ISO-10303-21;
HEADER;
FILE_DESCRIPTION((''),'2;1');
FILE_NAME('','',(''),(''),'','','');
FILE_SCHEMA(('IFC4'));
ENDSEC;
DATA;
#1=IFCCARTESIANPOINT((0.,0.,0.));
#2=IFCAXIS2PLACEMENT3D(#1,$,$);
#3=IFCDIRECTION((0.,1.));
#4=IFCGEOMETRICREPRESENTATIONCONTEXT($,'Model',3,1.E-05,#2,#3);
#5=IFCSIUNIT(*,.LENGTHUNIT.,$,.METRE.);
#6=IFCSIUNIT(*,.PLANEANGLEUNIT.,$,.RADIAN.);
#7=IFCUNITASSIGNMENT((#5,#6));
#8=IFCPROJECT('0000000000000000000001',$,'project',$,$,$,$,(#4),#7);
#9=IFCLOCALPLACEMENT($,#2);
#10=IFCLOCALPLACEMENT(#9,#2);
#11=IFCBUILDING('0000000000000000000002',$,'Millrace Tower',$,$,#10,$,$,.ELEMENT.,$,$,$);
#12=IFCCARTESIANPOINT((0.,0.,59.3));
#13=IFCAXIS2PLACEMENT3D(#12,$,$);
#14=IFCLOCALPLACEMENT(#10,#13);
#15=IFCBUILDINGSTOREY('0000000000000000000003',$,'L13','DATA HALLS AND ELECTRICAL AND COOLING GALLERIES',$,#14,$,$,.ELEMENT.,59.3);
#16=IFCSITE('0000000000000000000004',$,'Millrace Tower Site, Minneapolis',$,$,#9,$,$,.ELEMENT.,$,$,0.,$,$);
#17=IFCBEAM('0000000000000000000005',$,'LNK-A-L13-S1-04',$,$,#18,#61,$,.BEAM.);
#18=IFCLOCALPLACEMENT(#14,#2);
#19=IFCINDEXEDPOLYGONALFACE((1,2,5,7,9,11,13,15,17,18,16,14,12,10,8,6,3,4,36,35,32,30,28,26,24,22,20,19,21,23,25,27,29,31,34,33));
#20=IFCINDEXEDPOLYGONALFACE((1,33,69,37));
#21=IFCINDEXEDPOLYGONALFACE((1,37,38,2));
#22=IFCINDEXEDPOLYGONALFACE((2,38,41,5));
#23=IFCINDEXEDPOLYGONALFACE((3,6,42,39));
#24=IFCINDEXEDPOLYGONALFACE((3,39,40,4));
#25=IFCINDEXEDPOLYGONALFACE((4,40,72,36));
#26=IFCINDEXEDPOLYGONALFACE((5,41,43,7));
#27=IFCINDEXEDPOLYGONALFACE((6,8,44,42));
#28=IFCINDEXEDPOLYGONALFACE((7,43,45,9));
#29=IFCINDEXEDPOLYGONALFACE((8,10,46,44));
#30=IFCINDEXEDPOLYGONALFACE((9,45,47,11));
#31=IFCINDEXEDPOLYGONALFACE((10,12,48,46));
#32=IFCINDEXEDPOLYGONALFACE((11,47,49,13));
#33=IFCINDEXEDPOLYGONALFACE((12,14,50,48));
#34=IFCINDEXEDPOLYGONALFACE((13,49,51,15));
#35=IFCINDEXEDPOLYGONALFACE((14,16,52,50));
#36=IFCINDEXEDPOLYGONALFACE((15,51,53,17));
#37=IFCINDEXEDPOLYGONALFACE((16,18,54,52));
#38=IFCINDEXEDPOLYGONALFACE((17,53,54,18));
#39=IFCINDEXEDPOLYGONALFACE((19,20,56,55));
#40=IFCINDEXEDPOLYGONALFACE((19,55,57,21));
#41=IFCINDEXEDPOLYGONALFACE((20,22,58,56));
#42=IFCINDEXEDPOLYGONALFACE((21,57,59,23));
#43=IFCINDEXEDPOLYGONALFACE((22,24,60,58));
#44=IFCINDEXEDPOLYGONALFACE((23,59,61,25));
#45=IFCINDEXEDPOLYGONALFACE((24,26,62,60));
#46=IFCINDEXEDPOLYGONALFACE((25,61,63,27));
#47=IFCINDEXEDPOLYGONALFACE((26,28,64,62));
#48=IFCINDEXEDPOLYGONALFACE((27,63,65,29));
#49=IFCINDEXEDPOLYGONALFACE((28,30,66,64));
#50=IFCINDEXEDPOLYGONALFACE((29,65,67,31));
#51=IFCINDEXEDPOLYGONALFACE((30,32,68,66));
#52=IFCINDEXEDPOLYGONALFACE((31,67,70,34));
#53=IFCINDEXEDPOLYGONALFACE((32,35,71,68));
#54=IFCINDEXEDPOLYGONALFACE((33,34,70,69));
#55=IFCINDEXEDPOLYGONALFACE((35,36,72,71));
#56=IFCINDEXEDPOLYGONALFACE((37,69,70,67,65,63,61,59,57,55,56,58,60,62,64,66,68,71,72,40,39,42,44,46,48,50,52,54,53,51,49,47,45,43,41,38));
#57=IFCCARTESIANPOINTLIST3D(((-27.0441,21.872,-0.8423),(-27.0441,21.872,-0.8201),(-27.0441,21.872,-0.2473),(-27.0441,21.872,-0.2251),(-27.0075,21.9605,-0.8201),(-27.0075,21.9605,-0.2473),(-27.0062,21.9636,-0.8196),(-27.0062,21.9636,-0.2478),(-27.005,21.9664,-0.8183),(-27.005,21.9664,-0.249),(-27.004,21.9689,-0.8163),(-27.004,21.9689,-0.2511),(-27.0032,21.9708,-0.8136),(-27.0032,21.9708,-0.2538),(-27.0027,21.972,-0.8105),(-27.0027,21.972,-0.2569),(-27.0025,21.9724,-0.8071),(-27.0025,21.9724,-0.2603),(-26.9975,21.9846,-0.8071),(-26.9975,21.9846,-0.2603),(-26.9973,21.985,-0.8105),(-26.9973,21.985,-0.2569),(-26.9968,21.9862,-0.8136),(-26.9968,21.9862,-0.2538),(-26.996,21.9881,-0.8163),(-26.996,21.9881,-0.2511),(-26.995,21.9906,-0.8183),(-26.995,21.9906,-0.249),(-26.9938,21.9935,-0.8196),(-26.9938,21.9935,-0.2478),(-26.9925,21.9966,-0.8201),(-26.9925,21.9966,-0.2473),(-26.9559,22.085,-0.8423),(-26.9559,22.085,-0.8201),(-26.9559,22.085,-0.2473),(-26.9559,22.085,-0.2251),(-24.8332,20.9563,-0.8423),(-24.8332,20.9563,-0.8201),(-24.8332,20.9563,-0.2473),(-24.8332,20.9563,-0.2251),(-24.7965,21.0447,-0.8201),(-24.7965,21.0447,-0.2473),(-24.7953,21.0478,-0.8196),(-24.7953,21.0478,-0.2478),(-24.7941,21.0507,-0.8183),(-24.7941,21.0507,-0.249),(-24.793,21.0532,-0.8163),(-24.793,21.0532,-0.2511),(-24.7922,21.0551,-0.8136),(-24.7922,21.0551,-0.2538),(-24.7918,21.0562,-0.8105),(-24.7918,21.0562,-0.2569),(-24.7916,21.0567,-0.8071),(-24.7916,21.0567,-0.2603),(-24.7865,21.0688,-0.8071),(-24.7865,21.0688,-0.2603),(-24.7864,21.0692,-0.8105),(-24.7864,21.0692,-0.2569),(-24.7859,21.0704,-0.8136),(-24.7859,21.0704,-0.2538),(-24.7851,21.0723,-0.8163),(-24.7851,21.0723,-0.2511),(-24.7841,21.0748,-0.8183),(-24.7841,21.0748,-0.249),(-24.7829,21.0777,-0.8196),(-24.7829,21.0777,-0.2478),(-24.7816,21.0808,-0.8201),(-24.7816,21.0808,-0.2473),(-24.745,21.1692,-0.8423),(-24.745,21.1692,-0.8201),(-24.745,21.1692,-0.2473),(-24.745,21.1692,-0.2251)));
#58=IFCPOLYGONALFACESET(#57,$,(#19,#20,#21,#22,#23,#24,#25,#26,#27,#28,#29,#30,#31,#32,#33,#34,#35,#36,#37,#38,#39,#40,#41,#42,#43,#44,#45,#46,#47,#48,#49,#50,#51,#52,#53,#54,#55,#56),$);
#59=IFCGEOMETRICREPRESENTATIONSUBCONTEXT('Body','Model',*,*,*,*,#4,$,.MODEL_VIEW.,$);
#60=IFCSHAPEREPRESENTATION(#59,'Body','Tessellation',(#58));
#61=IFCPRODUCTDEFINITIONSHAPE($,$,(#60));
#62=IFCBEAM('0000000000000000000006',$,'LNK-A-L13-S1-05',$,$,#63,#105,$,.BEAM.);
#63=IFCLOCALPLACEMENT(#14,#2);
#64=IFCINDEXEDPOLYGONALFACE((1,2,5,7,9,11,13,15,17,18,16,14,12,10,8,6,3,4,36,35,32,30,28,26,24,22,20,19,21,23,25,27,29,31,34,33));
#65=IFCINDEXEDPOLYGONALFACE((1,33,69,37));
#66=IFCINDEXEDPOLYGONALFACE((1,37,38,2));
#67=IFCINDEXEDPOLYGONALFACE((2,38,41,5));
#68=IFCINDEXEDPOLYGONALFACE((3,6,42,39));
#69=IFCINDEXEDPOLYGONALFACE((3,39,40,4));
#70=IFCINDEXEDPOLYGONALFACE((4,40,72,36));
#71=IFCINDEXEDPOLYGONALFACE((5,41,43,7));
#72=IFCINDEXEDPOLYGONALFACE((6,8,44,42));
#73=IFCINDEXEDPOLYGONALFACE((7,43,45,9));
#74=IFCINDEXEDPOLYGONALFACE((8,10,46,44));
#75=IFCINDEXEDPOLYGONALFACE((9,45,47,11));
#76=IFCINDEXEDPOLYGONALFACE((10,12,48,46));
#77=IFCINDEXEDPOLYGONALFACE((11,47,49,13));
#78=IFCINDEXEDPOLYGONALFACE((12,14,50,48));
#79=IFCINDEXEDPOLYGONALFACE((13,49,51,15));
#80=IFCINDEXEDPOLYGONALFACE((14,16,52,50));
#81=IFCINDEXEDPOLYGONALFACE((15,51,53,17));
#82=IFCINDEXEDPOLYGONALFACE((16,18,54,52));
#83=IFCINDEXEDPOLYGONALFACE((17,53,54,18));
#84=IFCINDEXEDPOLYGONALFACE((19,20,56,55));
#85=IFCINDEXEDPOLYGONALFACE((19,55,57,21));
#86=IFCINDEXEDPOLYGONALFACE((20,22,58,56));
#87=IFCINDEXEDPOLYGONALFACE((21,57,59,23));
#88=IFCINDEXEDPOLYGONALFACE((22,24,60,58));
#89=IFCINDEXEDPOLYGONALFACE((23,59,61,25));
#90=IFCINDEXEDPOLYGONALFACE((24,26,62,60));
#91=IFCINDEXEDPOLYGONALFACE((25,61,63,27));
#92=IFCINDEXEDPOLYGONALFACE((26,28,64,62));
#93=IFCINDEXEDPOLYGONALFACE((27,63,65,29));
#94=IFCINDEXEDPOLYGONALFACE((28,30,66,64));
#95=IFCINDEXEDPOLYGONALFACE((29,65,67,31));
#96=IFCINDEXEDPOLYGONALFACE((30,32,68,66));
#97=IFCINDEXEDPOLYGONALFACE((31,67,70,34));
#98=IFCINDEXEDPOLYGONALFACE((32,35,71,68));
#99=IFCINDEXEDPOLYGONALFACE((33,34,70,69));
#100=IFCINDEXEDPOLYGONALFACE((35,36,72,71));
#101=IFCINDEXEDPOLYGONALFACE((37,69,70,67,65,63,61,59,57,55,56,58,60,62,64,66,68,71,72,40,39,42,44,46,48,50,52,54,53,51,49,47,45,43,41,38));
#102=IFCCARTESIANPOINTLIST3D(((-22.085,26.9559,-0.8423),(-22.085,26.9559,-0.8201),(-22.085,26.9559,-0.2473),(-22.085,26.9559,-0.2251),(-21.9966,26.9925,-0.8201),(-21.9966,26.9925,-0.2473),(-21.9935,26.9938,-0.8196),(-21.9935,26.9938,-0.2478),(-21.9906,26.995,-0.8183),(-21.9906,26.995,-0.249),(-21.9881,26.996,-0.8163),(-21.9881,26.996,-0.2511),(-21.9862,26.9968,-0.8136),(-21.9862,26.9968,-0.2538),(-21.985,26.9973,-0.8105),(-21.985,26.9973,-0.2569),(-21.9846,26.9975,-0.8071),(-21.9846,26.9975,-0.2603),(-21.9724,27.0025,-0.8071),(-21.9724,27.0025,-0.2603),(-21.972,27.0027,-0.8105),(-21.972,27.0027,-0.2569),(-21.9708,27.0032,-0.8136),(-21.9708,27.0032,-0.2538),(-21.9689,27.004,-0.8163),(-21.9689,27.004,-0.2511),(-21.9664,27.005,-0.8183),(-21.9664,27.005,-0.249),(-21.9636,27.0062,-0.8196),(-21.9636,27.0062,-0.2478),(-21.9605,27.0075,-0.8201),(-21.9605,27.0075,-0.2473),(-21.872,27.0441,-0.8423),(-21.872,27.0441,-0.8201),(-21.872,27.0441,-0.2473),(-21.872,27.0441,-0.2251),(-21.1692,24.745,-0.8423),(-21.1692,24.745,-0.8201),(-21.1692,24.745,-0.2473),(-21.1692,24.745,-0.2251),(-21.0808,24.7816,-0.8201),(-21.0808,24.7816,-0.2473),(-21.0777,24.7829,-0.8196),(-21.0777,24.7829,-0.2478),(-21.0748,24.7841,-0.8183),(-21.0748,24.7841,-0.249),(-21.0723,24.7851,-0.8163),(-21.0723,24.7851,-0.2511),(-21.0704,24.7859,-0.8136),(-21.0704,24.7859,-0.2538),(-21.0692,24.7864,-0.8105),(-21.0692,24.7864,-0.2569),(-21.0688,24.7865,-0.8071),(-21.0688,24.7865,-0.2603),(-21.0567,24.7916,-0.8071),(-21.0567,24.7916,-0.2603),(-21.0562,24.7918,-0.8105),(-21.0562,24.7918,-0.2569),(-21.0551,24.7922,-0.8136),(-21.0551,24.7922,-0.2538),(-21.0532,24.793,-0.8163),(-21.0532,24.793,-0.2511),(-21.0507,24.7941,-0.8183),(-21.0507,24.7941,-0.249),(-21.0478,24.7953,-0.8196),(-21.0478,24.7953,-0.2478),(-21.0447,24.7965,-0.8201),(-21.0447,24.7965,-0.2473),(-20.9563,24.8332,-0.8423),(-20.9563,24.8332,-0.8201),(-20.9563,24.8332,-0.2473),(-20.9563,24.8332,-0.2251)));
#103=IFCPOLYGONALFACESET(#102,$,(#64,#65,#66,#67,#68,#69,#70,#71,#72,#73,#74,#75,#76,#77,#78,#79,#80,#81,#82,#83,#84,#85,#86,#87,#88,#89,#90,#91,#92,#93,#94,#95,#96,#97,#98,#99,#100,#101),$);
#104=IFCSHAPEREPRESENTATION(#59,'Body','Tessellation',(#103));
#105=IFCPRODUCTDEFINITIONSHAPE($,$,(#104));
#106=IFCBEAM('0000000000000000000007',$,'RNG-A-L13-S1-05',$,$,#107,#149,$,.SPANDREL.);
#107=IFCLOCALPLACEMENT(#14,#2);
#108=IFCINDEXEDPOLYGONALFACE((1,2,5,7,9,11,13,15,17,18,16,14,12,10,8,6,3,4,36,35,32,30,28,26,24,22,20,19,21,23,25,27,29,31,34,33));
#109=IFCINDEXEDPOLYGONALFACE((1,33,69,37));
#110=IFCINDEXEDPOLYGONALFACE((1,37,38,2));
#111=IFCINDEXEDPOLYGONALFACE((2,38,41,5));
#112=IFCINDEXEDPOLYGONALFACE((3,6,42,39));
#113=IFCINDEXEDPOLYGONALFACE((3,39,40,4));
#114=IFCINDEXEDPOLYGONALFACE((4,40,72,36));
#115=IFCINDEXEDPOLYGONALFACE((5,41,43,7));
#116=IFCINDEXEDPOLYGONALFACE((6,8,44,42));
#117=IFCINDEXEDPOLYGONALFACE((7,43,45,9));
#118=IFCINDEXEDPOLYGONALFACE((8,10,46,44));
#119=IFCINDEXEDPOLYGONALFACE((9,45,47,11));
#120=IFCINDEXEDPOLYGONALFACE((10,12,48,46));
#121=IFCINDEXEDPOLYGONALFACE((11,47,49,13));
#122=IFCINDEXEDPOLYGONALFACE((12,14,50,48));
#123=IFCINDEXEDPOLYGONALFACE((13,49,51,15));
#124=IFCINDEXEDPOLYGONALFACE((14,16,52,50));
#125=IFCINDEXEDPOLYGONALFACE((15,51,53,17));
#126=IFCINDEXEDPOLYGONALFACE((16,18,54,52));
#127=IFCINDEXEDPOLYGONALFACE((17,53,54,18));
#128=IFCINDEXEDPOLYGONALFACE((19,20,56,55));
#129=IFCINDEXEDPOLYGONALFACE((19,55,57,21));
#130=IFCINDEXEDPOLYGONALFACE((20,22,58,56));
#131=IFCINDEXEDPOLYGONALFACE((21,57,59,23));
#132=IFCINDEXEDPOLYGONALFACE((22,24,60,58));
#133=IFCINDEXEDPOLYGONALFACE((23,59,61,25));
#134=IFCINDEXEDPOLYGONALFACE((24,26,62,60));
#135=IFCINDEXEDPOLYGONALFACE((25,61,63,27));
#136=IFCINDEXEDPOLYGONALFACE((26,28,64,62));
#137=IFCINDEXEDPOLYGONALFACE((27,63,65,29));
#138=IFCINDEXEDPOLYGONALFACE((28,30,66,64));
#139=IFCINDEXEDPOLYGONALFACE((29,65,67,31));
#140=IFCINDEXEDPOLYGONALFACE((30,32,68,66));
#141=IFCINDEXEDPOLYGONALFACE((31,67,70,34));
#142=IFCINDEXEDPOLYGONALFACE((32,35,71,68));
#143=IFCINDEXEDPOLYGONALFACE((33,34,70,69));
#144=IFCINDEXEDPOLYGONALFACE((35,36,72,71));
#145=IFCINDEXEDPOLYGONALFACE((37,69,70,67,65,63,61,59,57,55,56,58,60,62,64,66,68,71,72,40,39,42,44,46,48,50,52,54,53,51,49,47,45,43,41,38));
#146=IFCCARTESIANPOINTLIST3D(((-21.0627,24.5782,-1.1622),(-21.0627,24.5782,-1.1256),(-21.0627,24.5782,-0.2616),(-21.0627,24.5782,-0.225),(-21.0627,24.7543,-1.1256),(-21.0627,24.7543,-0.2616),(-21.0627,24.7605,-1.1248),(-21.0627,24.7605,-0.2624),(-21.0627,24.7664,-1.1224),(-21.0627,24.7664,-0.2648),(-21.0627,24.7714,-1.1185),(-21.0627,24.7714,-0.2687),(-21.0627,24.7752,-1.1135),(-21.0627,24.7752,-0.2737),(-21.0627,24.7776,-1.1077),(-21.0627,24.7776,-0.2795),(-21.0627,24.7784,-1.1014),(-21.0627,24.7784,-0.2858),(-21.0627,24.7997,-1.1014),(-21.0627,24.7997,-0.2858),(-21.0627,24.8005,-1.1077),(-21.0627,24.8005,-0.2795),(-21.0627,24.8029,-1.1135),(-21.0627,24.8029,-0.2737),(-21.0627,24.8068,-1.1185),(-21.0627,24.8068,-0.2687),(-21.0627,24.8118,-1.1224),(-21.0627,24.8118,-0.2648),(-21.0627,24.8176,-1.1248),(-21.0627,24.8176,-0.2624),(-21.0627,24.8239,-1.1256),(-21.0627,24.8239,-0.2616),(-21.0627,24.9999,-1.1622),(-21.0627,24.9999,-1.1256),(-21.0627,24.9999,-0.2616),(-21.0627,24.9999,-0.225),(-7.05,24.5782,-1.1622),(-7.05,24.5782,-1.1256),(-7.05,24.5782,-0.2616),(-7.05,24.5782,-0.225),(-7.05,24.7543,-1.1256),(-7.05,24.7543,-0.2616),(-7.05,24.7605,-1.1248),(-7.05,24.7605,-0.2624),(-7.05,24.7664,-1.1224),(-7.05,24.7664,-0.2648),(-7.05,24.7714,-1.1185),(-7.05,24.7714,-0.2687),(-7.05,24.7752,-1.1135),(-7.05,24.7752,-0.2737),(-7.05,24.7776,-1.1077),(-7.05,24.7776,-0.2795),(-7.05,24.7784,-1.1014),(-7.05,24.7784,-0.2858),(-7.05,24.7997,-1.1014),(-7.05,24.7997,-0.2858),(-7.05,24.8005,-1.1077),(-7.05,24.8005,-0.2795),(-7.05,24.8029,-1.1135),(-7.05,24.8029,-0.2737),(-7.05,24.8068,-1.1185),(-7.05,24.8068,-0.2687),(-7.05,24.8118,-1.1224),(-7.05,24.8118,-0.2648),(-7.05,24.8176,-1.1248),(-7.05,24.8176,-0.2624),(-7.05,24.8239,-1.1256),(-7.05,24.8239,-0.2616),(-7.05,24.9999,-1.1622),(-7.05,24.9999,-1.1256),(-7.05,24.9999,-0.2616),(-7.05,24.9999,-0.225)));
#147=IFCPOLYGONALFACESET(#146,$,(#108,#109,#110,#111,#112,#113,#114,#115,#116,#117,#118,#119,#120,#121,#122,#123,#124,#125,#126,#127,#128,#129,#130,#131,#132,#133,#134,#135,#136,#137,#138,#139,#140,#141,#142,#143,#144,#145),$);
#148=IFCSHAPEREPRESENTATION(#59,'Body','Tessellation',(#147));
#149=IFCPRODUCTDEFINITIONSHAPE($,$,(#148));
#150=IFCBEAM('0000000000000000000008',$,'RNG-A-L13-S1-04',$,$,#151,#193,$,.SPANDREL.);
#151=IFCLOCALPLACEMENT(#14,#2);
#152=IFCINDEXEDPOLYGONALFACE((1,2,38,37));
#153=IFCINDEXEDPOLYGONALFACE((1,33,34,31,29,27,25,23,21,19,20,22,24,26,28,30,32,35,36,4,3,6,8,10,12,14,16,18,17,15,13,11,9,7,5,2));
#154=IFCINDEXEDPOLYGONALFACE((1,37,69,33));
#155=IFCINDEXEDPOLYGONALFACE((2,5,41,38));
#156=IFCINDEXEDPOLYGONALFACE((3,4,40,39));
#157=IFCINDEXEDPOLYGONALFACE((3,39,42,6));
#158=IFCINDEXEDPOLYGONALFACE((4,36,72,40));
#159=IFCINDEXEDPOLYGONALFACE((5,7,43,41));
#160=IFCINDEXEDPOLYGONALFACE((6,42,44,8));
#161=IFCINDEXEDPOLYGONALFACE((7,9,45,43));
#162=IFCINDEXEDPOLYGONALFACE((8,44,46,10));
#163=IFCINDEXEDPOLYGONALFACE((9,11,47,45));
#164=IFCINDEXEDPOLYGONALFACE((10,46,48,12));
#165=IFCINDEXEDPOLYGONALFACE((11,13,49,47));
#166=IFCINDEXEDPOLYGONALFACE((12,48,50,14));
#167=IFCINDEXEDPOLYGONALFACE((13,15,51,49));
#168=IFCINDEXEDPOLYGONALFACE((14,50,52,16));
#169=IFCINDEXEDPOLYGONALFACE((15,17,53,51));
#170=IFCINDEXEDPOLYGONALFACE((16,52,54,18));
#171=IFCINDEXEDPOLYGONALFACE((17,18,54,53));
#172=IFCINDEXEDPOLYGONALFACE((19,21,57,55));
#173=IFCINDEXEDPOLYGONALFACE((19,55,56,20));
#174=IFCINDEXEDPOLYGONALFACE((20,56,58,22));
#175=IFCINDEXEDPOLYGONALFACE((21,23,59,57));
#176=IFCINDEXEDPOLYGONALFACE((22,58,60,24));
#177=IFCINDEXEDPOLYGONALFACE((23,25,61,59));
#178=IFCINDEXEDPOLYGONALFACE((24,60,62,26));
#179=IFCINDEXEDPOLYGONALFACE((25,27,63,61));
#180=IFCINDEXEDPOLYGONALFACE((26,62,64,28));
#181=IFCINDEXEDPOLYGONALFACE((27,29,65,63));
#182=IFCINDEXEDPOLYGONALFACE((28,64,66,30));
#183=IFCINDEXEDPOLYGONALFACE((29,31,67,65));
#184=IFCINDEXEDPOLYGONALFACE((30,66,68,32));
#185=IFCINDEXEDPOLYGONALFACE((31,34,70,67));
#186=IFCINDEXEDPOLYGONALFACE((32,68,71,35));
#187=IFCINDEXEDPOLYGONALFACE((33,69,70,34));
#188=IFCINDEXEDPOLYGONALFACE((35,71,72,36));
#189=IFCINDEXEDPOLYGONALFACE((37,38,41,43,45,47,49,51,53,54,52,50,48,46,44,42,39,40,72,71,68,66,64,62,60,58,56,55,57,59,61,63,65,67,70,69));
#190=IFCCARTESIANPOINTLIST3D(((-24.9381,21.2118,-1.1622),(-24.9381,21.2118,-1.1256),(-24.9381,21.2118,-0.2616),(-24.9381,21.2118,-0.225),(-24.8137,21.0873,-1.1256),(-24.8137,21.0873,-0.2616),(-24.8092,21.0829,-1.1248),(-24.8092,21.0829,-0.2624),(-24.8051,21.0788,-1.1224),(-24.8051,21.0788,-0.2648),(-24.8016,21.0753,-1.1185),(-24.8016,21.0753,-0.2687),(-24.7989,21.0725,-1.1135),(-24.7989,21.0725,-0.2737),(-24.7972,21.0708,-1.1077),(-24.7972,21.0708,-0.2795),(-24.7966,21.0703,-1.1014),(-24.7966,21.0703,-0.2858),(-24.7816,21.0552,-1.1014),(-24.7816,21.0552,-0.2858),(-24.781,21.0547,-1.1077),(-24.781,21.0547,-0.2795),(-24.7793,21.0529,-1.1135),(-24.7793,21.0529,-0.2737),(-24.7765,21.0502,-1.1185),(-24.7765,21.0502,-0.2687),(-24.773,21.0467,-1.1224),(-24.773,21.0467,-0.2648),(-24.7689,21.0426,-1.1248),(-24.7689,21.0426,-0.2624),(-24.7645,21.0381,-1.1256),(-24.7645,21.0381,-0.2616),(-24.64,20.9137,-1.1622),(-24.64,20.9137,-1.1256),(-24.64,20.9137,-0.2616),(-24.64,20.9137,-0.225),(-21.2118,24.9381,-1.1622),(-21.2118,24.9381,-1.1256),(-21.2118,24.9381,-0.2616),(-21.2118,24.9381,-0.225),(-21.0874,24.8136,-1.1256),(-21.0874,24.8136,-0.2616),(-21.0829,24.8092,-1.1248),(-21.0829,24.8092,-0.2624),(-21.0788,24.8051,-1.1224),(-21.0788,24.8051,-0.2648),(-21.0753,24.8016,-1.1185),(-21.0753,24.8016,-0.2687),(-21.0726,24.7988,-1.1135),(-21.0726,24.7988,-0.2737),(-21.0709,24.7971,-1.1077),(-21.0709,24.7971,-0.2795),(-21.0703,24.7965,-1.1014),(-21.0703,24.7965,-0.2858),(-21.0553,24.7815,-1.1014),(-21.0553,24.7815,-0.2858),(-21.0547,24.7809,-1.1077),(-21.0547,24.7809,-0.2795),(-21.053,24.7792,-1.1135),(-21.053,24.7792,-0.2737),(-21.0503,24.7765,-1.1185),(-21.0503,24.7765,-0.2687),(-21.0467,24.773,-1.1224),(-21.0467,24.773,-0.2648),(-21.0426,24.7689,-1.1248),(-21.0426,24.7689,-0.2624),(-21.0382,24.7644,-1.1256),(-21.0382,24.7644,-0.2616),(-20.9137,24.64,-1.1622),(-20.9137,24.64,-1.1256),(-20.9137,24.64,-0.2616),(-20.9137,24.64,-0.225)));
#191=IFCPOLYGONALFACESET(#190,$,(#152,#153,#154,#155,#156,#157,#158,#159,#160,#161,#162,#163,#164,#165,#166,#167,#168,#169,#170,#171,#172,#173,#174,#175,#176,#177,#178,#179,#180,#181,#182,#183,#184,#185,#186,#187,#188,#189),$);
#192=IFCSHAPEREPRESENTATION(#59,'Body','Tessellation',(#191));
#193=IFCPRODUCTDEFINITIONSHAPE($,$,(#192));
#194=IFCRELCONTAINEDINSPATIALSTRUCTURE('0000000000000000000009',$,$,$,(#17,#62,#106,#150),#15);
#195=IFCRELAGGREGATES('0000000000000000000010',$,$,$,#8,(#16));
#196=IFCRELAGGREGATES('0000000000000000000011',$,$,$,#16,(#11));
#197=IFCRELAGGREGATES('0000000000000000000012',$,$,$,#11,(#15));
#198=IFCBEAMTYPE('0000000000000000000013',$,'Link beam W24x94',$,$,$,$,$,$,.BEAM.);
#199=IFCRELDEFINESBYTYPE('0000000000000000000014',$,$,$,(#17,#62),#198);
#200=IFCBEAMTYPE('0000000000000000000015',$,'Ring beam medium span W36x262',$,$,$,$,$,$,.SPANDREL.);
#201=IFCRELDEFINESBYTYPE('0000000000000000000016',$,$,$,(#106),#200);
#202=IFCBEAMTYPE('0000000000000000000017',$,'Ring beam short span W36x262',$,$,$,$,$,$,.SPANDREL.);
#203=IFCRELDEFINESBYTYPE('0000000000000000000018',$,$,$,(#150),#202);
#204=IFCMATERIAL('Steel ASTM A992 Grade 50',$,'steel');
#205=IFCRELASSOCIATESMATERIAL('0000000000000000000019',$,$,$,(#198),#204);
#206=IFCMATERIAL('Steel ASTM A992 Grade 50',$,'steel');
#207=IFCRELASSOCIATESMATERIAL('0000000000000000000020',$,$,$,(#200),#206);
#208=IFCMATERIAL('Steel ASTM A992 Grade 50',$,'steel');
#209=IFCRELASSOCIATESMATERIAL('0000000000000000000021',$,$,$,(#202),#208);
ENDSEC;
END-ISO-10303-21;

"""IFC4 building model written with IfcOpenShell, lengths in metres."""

from ifc_helpers import new_model, si_unit, direction, frame, origin, origin_2d, place, context, subcontext, project, spatial, i_section, extrude, material, material_profile, profile_set, type_object, element, save


model = new_model("IFC4")

# Units and contexts
model_context = context("Model", 3, precision=1e-05, world=origin(), true_north=direction((0.0, 1.0)))
body_context = subcontext(model_context, "Body", "Model", "MODEL_VIEW")
ifc_project = project(units=[si_unit("LENGTHUNIT", "METRE"), si_unit("PLANEANGLEUNIT", "RADIAN")], contexts=[model_context])

# Site, building, storey
site_placement = place(None, origin())
site = spatial("IfcSite", under=ifc_project, at=site_placement, Name="Millrace Tower Site, Minneapolis", CompositionType="ELEMENT", RefElevation=0.0)
building_placement = place(site_placement, origin())
building = spatial("IfcBuilding", under=site, at=building_placement, Name="Millrace Tower", CompositionType="ELEMENT")
storey_placement = place(building_placement, frame((0.0, 0.0, 59.3)))
storey = spatial("IfcBuildingStorey", under=building, at=storey_placement, Name="L13", Description="DATA HALLS AND ELECTRICAL AND COOLING GALLERIES", CompositionType="ELEMENT", Elevation=59.3)

# Beams
ifc_material_1 = material(Name="Steel ASTM A992 Grade 50", Category="steel")
ifc_material_profile_1 = material_profile(ifc_material_1, i_section(OverallWidth=0.2305, OverallDepth=0.6172, WebThickness=0.0132, FlangeThickness=0.0222, FilletRadius=0.0129, at=origin_2d()))
ifc_profile_set_1 = profile_set([ifc_material_profile_1], Name="Steel ASTM A992 Grade 50")
beam_type_1 = type_object("IfcBeamType", Name="Link beam W24x94", PredefinedType="BEAM", material=ifc_profile_set_1)
for number, where, z_axis, x_axis, name in (
    (1, (-24.7891, 21.0627, -0.5337), (-0.923884, 0.382673, 0.0), (-0.382673, -0.923884, 0.0), "LNK-A-L13-S1-04"),
    (2, (-21.0627, 24.7891, -0.5337), (-0.382673, 0.923884, 0.0), (-0.923884, -0.382673, 0.0), "LNK-A-L13-S1-05"),
):
    element("IfcBeam", number, at=place(storey_placement, frame(where, z_axis=z_axis, x_axis=x_axis)), inside=storey, type_object=beam_type_1, Name=name, PredefinedType="BEAM", context=body_context, shape_type="SweptSolid", body=[
        extrude(i_section(OverallWidth=0.2305, OverallDepth=0.6172, WebThickness=0.0132, FlangeThickness=0.0222, FilletRadius=0.0129, at=origin_2d()), origin(), (0.0, 0.0, 1.0), 2.3931),
    ])
ifc_material_2 = material(Name="Steel ASTM A992 Grade 50", Category="steel")
ifc_material_profile_2 = material_profile(ifc_material_2, i_section(OverallWidth=0.4216, OverallDepth=0.9373, WebThickness=0.0212, FlangeThickness=0.0366, FilletRadius=0.0242, at=origin_2d()))
ifc_profile_set_2 = profile_set([ifc_material_profile_2], Name="Steel ASTM A992 Grade 50")
beam_type_2 = type_object("IfcBeamType", Name="Ring beam medium span W36x262", PredefinedType="SPANDREL", material=ifc_profile_set_2)
beam_1_placement = place(storey_placement, frame((-21.0627, 24.7891, -0.6936), z_axis=(1.0, 0.0, 0.0), x_axis=(0.0, 1.0, 0.0)))
element("IfcBeam", 3, at=beam_1_placement, inside=storey, type_object=beam_type_2, Name="RNG-A-L13-S1-05", PredefinedType="SPANDREL", context=body_context, shape_type="SweptSolid", body=[
    extrude(i_section(OverallWidth=0.4216, OverallDepth=0.9373, WebThickness=0.0212, FlangeThickness=0.0366, FilletRadius=0.0242, at=origin_2d()), origin(), (0.0, 0.0, 1.0), 14.0127),
])
ifc_material_3 = material(Name="Steel ASTM A992 Grade 50", Category="steel")
ifc_material_profile_3 = material_profile(ifc_material_3, i_section(OverallWidth=0.4216, OverallDepth=0.9373, WebThickness=0.0212, FlangeThickness=0.0366, FilletRadius=0.0242, at=origin_2d()))
ifc_profile_set_3 = profile_set([ifc_material_profile_3], Name="Steel ASTM A992 Grade 50")
beam_type_3 = type_object("IfcBeamType", Name="Ring beam short span W36x262", PredefinedType="SPANDREL", material=ifc_profile_set_3)
beam_2_placement = place(storey_placement, frame((-24.7891, 21.0627, -0.6936), z_axis=(0.707107, 0.707107, 0.0), x_axis=(-0.707107, 0.707107, 0.0)))
element("IfcBeam", 4, at=beam_2_placement, inside=storey, type_object=beam_type_3, Name="RNG-A-L13-S1-04", PredefinedType="SPANDREL", context=body_context, shape_type="SweptSolid", body=[
    extrude(i_section(OverallWidth=0.4216, OverallDepth=0.9373, WebThickness=0.0212, FlangeThickness=0.0366, FilletRadius=0.0242, at=origin_2d()), origin(), (0.0, 0.0, 1.0), 5.2698),
])

save(model, "model.ifc")
